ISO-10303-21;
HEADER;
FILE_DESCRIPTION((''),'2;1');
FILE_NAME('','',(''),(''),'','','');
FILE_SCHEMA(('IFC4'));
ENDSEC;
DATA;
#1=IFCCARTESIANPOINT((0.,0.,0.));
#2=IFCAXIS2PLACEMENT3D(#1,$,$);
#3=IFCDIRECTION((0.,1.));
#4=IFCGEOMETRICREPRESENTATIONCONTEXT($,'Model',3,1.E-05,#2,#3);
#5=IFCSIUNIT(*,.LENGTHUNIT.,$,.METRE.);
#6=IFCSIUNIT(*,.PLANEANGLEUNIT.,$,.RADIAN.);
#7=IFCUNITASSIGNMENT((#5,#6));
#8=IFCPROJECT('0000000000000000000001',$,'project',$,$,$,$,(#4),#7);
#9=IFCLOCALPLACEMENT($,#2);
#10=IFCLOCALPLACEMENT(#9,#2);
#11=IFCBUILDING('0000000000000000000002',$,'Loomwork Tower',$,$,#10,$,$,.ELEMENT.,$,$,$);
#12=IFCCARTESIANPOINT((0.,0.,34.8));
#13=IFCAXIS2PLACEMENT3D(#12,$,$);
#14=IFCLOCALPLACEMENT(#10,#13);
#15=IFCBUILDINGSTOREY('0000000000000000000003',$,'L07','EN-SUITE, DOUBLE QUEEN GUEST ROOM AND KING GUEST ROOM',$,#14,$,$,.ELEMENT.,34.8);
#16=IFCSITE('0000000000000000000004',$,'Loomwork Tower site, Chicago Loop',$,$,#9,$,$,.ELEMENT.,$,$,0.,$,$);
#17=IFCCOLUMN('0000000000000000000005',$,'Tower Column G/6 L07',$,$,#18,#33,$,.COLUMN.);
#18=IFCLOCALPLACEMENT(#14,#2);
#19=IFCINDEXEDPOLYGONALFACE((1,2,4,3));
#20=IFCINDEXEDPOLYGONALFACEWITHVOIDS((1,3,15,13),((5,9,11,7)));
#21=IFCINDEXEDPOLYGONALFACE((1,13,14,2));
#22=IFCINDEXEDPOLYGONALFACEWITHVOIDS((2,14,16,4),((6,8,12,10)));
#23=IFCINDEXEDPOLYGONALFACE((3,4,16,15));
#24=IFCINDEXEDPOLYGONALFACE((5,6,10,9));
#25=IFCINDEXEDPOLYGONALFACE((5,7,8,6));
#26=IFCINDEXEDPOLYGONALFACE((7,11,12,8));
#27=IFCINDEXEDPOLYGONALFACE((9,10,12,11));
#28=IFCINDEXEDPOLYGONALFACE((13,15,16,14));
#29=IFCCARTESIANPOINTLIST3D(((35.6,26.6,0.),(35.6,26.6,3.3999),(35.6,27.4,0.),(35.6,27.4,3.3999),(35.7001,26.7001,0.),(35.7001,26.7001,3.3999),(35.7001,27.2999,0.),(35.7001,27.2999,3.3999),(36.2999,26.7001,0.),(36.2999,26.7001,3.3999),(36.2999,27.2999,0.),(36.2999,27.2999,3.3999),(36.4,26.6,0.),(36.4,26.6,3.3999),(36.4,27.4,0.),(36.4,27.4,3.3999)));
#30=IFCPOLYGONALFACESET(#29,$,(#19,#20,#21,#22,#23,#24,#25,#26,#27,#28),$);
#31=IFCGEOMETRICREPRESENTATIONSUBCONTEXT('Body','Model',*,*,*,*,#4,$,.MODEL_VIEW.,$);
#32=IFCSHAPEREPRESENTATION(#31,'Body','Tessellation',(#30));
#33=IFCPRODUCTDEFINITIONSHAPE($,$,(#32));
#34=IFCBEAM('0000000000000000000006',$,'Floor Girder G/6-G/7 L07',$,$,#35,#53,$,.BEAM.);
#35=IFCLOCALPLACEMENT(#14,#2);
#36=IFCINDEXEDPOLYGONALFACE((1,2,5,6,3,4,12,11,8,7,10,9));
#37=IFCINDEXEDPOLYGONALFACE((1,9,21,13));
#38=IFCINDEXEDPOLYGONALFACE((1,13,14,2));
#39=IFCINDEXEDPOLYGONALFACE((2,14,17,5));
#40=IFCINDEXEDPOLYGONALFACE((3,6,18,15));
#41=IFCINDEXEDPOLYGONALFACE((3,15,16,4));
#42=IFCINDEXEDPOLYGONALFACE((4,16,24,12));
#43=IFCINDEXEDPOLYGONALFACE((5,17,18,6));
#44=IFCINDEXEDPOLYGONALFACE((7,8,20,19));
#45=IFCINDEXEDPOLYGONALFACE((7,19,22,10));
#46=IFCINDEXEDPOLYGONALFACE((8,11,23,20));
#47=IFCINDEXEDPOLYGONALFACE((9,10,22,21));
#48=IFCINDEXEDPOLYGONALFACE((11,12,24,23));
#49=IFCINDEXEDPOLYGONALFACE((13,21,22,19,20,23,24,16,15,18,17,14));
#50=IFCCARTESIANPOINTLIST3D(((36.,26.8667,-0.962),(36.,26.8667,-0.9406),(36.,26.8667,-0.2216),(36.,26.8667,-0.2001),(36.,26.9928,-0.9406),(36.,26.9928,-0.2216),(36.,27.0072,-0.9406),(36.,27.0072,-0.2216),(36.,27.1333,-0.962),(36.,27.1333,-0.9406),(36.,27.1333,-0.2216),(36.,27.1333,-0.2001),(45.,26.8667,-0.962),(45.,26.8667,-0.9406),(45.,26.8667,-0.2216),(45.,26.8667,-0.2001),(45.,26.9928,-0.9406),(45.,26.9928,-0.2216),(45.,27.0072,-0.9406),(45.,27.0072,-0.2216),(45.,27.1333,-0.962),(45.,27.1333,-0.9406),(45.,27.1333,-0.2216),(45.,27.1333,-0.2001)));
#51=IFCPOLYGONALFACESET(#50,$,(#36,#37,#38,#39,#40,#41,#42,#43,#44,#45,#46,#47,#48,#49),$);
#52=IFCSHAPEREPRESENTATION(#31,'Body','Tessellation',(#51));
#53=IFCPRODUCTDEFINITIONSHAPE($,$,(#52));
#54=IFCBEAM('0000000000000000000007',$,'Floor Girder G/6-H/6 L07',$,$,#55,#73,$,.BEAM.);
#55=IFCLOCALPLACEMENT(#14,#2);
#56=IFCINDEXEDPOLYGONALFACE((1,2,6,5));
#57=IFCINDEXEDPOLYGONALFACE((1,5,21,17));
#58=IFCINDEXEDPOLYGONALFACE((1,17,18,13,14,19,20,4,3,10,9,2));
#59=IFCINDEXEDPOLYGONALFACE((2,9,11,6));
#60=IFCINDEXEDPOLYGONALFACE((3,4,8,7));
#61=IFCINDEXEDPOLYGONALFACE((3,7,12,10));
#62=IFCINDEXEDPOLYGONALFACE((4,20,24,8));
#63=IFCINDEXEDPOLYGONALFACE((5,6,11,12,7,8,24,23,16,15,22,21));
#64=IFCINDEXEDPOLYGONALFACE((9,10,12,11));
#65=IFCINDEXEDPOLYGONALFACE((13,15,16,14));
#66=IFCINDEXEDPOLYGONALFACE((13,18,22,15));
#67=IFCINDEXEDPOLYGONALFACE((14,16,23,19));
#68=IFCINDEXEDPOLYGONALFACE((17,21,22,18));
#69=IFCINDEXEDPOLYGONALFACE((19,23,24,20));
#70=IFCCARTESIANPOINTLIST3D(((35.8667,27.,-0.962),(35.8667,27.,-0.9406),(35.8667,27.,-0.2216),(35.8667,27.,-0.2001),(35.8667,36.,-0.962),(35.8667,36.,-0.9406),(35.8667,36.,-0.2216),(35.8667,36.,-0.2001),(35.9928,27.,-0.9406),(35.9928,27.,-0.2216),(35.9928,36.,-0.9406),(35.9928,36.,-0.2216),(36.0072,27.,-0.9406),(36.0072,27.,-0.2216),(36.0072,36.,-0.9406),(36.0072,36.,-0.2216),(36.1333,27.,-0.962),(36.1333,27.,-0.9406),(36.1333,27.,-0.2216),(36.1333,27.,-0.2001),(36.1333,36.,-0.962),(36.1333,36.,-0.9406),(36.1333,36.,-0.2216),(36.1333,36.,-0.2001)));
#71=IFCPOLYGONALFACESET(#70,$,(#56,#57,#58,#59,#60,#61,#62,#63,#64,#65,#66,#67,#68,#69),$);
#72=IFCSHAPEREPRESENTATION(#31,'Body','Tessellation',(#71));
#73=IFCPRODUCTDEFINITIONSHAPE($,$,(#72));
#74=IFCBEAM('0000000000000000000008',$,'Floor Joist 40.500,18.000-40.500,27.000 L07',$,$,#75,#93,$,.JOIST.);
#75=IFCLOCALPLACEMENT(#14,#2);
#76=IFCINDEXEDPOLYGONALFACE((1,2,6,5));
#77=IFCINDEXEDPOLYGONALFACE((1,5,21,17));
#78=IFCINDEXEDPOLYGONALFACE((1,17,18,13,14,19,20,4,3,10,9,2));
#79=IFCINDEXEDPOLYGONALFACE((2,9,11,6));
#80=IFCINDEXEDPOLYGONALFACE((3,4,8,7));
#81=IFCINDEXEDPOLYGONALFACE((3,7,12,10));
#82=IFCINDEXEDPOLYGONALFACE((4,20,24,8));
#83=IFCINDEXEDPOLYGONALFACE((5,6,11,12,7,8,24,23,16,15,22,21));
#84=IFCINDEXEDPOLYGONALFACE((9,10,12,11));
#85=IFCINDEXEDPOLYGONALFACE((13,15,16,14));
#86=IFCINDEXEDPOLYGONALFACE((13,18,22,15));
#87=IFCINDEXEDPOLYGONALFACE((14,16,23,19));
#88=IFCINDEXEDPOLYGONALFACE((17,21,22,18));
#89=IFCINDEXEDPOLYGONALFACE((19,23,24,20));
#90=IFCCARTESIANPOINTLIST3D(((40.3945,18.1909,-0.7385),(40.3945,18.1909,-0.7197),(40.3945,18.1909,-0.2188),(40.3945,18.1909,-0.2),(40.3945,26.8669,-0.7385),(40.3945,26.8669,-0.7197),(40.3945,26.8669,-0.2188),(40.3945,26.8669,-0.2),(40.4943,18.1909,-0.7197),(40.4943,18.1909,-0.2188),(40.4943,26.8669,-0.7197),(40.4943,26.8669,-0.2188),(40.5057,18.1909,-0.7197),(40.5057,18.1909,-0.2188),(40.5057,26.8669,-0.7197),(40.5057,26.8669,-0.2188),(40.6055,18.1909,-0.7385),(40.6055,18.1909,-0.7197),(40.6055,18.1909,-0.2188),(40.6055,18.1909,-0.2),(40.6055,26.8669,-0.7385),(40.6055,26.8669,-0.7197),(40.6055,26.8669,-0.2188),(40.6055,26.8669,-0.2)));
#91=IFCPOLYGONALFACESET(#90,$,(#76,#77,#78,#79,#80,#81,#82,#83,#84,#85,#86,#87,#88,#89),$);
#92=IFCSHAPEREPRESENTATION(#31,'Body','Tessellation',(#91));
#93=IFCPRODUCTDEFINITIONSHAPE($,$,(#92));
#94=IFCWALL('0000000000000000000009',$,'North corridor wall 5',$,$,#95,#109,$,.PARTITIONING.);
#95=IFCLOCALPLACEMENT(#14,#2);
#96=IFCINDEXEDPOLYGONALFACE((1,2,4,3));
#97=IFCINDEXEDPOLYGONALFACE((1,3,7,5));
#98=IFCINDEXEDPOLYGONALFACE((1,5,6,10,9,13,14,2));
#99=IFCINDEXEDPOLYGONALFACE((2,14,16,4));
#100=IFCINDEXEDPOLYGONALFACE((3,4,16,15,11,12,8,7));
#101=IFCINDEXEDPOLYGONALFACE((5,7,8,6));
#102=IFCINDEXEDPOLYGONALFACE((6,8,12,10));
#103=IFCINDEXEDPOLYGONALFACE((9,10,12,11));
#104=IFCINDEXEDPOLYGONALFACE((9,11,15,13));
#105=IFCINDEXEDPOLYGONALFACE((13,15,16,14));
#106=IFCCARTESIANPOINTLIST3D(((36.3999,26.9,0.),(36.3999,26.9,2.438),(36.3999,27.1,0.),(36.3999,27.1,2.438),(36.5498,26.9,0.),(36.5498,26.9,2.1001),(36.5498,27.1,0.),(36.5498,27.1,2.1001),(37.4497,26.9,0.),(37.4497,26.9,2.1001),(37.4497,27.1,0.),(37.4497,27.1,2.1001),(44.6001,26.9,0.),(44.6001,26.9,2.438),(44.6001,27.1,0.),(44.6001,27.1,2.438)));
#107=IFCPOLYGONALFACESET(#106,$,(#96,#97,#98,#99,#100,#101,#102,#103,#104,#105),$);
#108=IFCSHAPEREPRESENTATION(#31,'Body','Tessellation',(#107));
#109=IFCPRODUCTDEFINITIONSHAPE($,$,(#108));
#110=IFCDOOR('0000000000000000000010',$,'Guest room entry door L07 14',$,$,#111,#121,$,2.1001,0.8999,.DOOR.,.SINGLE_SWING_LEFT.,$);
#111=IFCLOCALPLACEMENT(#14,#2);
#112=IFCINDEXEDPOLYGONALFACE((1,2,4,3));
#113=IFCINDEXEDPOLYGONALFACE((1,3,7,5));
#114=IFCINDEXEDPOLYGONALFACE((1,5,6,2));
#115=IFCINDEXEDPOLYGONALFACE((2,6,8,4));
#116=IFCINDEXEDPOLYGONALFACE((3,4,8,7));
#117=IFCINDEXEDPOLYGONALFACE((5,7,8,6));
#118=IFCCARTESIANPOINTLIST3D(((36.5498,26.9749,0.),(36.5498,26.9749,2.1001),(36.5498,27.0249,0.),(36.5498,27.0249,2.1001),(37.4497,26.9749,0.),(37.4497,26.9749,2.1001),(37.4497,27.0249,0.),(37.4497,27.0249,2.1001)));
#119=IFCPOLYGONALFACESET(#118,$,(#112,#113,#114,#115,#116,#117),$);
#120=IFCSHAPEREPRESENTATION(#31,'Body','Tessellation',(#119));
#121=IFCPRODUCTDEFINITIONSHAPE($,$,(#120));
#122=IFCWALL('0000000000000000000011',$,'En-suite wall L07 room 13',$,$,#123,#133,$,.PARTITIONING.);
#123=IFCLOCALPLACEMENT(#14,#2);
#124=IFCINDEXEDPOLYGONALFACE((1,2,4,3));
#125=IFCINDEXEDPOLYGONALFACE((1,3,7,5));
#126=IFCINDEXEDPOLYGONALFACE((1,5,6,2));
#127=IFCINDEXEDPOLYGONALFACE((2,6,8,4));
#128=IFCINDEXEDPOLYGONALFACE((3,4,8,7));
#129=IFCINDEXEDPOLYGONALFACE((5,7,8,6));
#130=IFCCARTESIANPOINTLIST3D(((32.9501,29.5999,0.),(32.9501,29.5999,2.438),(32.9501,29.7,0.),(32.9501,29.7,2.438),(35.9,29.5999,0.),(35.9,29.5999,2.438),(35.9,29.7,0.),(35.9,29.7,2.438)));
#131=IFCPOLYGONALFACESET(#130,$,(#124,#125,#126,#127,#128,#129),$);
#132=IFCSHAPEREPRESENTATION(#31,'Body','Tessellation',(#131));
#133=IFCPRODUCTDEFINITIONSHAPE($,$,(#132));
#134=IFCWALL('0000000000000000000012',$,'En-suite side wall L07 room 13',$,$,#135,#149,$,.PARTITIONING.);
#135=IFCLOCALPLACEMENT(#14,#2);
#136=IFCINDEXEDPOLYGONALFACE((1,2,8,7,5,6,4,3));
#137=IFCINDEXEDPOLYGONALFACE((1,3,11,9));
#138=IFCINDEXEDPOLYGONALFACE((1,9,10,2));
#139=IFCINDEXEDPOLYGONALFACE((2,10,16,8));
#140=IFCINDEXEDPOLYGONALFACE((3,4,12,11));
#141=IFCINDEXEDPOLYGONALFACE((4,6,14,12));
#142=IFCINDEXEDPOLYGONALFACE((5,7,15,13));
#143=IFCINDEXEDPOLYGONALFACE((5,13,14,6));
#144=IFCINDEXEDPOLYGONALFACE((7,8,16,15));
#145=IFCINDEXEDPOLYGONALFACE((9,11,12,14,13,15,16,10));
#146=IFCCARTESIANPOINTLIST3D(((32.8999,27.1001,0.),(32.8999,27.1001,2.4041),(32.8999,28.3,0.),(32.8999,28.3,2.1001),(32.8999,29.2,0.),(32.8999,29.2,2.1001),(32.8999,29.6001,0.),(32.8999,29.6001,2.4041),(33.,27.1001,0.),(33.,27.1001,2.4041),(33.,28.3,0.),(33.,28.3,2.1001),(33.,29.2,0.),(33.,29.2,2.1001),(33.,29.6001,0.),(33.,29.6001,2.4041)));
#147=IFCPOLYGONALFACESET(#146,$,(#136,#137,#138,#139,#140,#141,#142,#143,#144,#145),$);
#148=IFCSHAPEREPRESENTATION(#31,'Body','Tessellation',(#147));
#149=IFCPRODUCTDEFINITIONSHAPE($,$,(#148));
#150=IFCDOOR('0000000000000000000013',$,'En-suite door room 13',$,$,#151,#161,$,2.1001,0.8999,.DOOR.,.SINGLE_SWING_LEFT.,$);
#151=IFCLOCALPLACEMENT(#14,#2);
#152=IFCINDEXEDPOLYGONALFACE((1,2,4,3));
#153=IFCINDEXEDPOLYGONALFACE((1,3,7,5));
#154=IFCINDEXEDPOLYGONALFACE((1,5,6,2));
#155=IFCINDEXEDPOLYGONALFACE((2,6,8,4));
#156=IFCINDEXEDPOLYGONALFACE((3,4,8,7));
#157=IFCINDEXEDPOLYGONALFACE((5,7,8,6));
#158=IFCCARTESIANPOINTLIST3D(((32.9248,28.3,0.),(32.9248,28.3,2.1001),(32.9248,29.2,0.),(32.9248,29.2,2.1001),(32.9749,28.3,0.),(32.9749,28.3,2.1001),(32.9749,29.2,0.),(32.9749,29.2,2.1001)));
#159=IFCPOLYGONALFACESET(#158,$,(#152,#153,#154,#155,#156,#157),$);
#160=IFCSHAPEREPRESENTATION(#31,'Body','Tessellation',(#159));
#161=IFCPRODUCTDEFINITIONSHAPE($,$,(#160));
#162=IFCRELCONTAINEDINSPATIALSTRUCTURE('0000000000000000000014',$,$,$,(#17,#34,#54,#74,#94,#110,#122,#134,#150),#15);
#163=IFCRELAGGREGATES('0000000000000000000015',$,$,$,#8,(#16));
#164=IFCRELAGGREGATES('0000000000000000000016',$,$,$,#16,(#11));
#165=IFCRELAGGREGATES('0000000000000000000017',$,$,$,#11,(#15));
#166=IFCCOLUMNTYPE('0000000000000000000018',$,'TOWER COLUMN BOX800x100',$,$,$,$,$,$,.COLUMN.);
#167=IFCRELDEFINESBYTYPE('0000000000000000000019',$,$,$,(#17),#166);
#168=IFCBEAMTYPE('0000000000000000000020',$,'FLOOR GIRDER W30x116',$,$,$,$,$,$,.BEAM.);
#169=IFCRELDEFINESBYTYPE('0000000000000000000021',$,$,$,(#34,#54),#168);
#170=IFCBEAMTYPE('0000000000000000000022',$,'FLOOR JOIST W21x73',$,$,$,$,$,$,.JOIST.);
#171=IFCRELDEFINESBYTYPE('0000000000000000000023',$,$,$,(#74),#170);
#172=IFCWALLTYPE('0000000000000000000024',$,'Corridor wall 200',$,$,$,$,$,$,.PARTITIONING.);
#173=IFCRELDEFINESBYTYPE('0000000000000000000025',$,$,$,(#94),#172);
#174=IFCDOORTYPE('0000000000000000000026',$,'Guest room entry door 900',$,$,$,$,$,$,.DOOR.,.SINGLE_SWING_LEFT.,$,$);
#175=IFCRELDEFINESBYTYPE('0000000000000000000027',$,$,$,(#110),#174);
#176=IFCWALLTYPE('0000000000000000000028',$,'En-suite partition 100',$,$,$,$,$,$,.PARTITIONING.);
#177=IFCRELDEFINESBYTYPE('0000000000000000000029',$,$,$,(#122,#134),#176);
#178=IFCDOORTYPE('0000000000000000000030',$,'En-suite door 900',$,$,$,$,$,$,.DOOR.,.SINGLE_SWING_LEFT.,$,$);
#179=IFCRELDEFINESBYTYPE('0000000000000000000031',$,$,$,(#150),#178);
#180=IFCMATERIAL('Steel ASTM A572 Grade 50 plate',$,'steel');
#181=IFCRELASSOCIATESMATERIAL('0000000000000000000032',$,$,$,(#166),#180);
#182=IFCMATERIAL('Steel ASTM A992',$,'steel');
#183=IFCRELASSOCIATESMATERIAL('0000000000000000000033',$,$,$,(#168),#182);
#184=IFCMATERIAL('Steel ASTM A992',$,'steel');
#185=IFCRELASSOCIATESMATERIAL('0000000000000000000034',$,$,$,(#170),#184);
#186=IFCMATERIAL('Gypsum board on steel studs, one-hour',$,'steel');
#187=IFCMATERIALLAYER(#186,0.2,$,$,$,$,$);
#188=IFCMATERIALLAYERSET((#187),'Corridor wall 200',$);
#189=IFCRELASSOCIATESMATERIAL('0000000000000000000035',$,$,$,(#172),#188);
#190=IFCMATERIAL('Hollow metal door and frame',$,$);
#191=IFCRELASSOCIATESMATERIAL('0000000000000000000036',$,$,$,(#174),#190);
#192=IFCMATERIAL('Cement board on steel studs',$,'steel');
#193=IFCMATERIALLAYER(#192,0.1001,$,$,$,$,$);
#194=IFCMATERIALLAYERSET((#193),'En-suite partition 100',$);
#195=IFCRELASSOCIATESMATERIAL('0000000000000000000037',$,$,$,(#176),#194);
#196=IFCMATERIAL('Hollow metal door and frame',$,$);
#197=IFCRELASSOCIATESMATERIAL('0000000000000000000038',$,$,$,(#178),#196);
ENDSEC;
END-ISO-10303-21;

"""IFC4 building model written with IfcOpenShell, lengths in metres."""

from ifc_helpers import new_model, si_unit, direction, frame, frame_2d, origin, origin_2d, place, context, subcontext, project, spatial, rectangle, hollow_rectangle, i_section, extrude, material, layer, layer_set, material_profile, profile_set, type_object, element, fill, save


model = new_model("IFC4")

# Units and contexts
model_context = context("Model", 3, precision=1e-05, world=origin(), true_north=direction((0.0, 1.0)))
body_context = subcontext(model_context, "Body", "Model", "MODEL_VIEW")
ifc_project = project(units=[si_unit("LENGTHUNIT", "METRE"), si_unit("PLANEANGLEUNIT", "RADIAN")], contexts=[model_context])

# Site, building, storey
site_placement = place(None, origin())
site = spatial("IfcSite", under=ifc_project, at=site_placement, Name="Loomwork Tower site, Chicago Loop", CompositionType="ELEMENT", RefElevation=0.0)
building_placement = place(site_placement, origin())
building = spatial("IfcBuilding", under=site, at=building_placement, Name="Loomwork Tower", CompositionType="ELEMENT")
storey_placement = place(building_placement, frame((0.0, 0.0, 34.8)))
storey = spatial("IfcBuildingStorey", under=building, at=storey_placement, Name="L07", Description="EN-SUITE, DOUBLE QUEEN GUEST ROOM AND KING GUEST ROOM", CompositionType="ELEMENT", Elevation=34.8)

# Column
ifc_material_1 = material(Name="Steel ASTM A572 Grade 50 plate", Category="steel")
ifc_material_profile_1 = material_profile(ifc_material_1, hollow_rectangle(XDim=0.8, YDim=0.8, WallThickness=0.1001, at=origin_2d()), Name="BOX800x100")
ifc_profile_set_1 = profile_set([ifc_material_profile_1], Name="Steel ASTM A572 Grade 50 plate")
column_type = type_object("IfcColumnType", Name="TOWER COLUMN BOX800x100", PredefinedType="COLUMN", material=ifc_profile_set_1)
column_placement = place(storey_placement, frame((36.0, 27.0, 0.0), z_axis=(0.0, 0.0, 1.0), x_axis=(1.0, 0.0, 0.0)))
element("IfcColumn", 1, at=column_placement, inside=storey, type_object=column_type, Name="Tower Column G/6 L07", PredefinedType="COLUMN", context=body_context, shape_type="SweptSolid", body=[
    extrude(hollow_rectangle(XDim=0.8, YDim=0.8, WallThickness=0.1001, at=origin_2d()), origin(), (0.0, 0.0, 1.0), 3.3999),
])

# Beams
ifc_material_2 = material(Name="Steel ASTM A992", Category="steel")
ifc_material_profile_2 = material_profile(ifc_material_2, i_section(OverallWidth=0.2666, OverallDepth=0.762, WebThickness=0.0144, FlangeThickness=0.0215, at=origin_2d()), Name="W30x116")
ifc_profile_set_2 = profile_set([ifc_material_profile_2], Name="Steel ASTM A992")
beam_type_1 = type_object("IfcBeamType", Name="FLOOR GIRDER W30x116", PredefinedType="BEAM", material=ifc_profile_set_2)
for number, where, z_axis, x_axis, name in (
    (2, (36.0, 27.0, -0.5811), (1.0, 0.0, 0.0), (0.0, 1.0, 0.0), "Floor Girder G/6-G/7 L07"),
    (3, (36.0, 27.0, -0.5811), (0.0, 1.0, 0.0), (-1.0, 0.0, 0.0), "Floor Girder G/6-H/6 L07"),
):
    element("IfcBeam", number, at=place(storey_placement, frame(where, z_axis=z_axis, x_axis=x_axis)), inside=storey, type_object=beam_type_1, Name=name, PredefinedType="BEAM", context=body_context, shape_type="SweptSolid", body=[
        extrude(i_section(OverallWidth=0.2666, OverallDepth=0.762, WebThickness=0.0144, FlangeThickness=0.0215, at=origin_2d()), origin(), (0.0, 0.0, 1.0), 9.0),
    ])
ifc_material_3 = material(Name="Steel ASTM A992", Category="steel")
ifc_material_profile_3 = material_profile(ifc_material_3, i_section(OverallWidth=0.2109, OverallDepth=0.5386, WebThickness=0.0115, FlangeThickness=0.0188, at=origin_2d()), Name="W21x73")
ifc_profile_set_3 = profile_set([ifc_material_profile_3], Name="Steel ASTM A992")
beam_type_2 = type_object("IfcBeamType", Name="FLOOR JOIST W21x73", PredefinedType="JOIST", material=ifc_profile_set_3)
beam_placement = place(storey_placement, frame((40.5, 18.1909, -0.4692), z_axis=(0.0, 1.0, 0.0), x_axis=(-1.0, 0.0, 0.0)))
element("IfcBeam", 4, at=beam_placement, inside=storey, type_object=beam_type_2, Name="Floor Joist 40.500,18.000-40.500,27.000 L07", PredefinedType="JOIST", context=body_context, shape_type="SweptSolid", body=[
    extrude(i_section(OverallWidth=0.2109, OverallDepth=0.5386, WebThickness=0.0115, FlangeThickness=0.0188, at=origin_2d()), origin(), (0.0, 0.0, 1.0), 8.676),
])

# Wall, opening, door
ifc_material_4 = material(Name="Gypsum board on steel studs, one-hour", Category="steel")
ifc_layer_1 = layer(ifc_material_4, 0.2)
ifc_layer_set_1 = layer_set([ifc_layer_1], Name="Corridor wall 200")
wall_type_1 = type_object("IfcWallType", Name="Corridor wall 200", PredefinedType="PARTITIONING", material=ifc_layer_set_1)
wall_1_placement = place(storey_placement, frame((36.3999, 27.0, 0.0), z_axis=(0.0, 0.0, 1.0), x_axis=(1.0, 0.0, 0.0)))
wall_1 = element("IfcWall", 5, at=wall_1_placement, inside=storey, type_object=wall_type_1, Name="North corridor wall 5", PredefinedType="PARTITIONING", context=body_context, shape_type="SweptSolid", body=[
    extrude(rectangle(XDim=8.2002, YDim=0.2, at=frame_2d((4.1001, 0.0))), origin(), (0.0, 0.0, 1.0), 2.438),
])
opening_1_placement = place(wall_1_placement, frame((0.1499, 0.0, 0.0)))
opening_1 = element("IfcOpeningElement", 6, at=opening_1_placement, cuts=wall_1, PredefinedType="OPENING", context=body_context, shape_type="SweptSolid", body=[
    extrude(rectangle(XDim=0.8999, YDim=2.1001, at=frame_2d((0.45, 1.05))), frame((0.0, 0.1099, 0.0), z_axis=(0.0, -1.0, 0.0), x_axis=(1.0, 0.0, 0.0)), (0.0, 0.0, 1.0), 0.22),
])
ifc_material_5 = material(Name="Hollow metal door and frame")
door_type_1 = type_object("IfcDoorType", Name="Guest room entry door 900", OperationType="SINGLE_SWING_LEFT", PredefinedType="DOOR", material=ifc_material_5)
door_1_placement = place(opening_1_placement, origin())
door_1 = element("IfcDoor", 7, at=door_1_placement, inside=storey, type_object=door_type_1, Name="Guest room entry door L07 14", OperationType="SINGLE_SWING_LEFT", OverallHeight=2.1001, OverallWidth=0.8999, PredefinedType="DOOR", context=body_context, shape_type="SweptSolid", body=[
    extrude(rectangle(XDim=0.8999, YDim=2.1001, at=frame_2d((0.45, 1.05))), frame((0.0, 0.0249, 0.0), z_axis=(0.0, -1.0, 0.0), x_axis=(1.0, 0.0, 0.0)), (0.0, 0.0, 1.0), 0.05),
])
fill(opening_1, door_1)

# Wall
ifc_material_6 = material(Name="Cement board on steel studs", Category="steel")
ifc_layer_2 = layer(ifc_material_6, 0.1001)
ifc_layer_set_2 = layer_set([ifc_layer_2], Name="En-suite partition 100")
wall_type_2 = type_object("IfcWallType", Name="En-suite partition 100", PredefinedType="PARTITIONING", material=ifc_layer_set_2)
wall_2_placement = place(storey_placement, frame((32.95, 29.6499, 0.0), z_axis=(0.0, 0.0, 1.0), x_axis=(1.0, 0.0, 0.0)))
element("IfcWall", 8, at=wall_2_placement, inside=storey, type_object=wall_type_2, Name="En-suite wall L07 room 13", PredefinedType="PARTITIONING", context=body_context, shape_type="SweptSolid", body=[
    extrude(rectangle(XDim=2.95, YDim=0.1001, at=frame_2d((1.4751, 0.0))), origin(), (0.0, 0.0, 1.0), 2.438),
])

# Wall, opening, door
wall_3_placement = place(storey_placement, frame((32.95, 27.1001, 0.0), z_axis=(0.0, 0.0, 1.0), x_axis=(0.0, 1.0, 0.0)))
wall_3 = element("IfcWall", 9, at=wall_3_placement, inside=storey, type_object=wall_type_2, Name="En-suite side wall L07 room 13", PredefinedType="PARTITIONING", context=body_context, shape_type="SweptSolid", body=[
    extrude(rectangle(XDim=2.5, YDim=0.1001, at=frame_2d((1.25, 0.0))), origin(), (0.0, 0.0, 1.0), 2.4041),
])
opening_2_placement = place(wall_3_placement, frame((1.2, 0.0, 0.0)))
opening_2 = element("IfcOpeningElement", 10, at=opening_2_placement, cuts=wall_3, PredefinedType="OPENING", context=body_context, shape_type="SweptSolid", body=[
    extrude(rectangle(XDim=0.8999, YDim=2.1001, at=frame_2d((0.45, 1.05))), frame((0.0, 0.0601, 0.0), z_axis=(0.0, -1.0, 0.0), x_axis=(1.0, 0.0, 0.0)), (0.0, 0.0, 1.0), 0.1201),
])
ifc_material_7 = material(Name="Hollow metal door and frame")
door_type_2 = type_object("IfcDoorType", Name="En-suite door 900", OperationType="SINGLE_SWING_LEFT", PredefinedType="DOOR", material=ifc_material_7)
door_2_placement = place(opening_2_placement, frame((0.8999, 0.0, 0.0), z_axis=(0.0, 0.0, 1.0), x_axis=(-1.0, 0.0, 0.0)))
door_2 = element("IfcDoor", 11, at=door_2_placement, inside=storey, type_object=door_type_2, Name="En-suite door room 13", OperationType="SINGLE_SWING_LEFT", OverallHeight=2.1001, OverallWidth=0.8999, PredefinedType="DOOR", context=body_context, shape_type="SweptSolid", body=[
    extrude(rectangle(XDim=0.8999, YDim=2.1001, at=frame_2d((0.45, 1.05))), frame((0.0, 0.0249, 0.0), z_axis=(0.0, -1.0, 0.0), x_axis=(1.0, 0.0, 0.0)), (0.0, 0.0, 1.0), 0.05),
])
fill(opening_2, door_2)

save(model, "model.ifc")
